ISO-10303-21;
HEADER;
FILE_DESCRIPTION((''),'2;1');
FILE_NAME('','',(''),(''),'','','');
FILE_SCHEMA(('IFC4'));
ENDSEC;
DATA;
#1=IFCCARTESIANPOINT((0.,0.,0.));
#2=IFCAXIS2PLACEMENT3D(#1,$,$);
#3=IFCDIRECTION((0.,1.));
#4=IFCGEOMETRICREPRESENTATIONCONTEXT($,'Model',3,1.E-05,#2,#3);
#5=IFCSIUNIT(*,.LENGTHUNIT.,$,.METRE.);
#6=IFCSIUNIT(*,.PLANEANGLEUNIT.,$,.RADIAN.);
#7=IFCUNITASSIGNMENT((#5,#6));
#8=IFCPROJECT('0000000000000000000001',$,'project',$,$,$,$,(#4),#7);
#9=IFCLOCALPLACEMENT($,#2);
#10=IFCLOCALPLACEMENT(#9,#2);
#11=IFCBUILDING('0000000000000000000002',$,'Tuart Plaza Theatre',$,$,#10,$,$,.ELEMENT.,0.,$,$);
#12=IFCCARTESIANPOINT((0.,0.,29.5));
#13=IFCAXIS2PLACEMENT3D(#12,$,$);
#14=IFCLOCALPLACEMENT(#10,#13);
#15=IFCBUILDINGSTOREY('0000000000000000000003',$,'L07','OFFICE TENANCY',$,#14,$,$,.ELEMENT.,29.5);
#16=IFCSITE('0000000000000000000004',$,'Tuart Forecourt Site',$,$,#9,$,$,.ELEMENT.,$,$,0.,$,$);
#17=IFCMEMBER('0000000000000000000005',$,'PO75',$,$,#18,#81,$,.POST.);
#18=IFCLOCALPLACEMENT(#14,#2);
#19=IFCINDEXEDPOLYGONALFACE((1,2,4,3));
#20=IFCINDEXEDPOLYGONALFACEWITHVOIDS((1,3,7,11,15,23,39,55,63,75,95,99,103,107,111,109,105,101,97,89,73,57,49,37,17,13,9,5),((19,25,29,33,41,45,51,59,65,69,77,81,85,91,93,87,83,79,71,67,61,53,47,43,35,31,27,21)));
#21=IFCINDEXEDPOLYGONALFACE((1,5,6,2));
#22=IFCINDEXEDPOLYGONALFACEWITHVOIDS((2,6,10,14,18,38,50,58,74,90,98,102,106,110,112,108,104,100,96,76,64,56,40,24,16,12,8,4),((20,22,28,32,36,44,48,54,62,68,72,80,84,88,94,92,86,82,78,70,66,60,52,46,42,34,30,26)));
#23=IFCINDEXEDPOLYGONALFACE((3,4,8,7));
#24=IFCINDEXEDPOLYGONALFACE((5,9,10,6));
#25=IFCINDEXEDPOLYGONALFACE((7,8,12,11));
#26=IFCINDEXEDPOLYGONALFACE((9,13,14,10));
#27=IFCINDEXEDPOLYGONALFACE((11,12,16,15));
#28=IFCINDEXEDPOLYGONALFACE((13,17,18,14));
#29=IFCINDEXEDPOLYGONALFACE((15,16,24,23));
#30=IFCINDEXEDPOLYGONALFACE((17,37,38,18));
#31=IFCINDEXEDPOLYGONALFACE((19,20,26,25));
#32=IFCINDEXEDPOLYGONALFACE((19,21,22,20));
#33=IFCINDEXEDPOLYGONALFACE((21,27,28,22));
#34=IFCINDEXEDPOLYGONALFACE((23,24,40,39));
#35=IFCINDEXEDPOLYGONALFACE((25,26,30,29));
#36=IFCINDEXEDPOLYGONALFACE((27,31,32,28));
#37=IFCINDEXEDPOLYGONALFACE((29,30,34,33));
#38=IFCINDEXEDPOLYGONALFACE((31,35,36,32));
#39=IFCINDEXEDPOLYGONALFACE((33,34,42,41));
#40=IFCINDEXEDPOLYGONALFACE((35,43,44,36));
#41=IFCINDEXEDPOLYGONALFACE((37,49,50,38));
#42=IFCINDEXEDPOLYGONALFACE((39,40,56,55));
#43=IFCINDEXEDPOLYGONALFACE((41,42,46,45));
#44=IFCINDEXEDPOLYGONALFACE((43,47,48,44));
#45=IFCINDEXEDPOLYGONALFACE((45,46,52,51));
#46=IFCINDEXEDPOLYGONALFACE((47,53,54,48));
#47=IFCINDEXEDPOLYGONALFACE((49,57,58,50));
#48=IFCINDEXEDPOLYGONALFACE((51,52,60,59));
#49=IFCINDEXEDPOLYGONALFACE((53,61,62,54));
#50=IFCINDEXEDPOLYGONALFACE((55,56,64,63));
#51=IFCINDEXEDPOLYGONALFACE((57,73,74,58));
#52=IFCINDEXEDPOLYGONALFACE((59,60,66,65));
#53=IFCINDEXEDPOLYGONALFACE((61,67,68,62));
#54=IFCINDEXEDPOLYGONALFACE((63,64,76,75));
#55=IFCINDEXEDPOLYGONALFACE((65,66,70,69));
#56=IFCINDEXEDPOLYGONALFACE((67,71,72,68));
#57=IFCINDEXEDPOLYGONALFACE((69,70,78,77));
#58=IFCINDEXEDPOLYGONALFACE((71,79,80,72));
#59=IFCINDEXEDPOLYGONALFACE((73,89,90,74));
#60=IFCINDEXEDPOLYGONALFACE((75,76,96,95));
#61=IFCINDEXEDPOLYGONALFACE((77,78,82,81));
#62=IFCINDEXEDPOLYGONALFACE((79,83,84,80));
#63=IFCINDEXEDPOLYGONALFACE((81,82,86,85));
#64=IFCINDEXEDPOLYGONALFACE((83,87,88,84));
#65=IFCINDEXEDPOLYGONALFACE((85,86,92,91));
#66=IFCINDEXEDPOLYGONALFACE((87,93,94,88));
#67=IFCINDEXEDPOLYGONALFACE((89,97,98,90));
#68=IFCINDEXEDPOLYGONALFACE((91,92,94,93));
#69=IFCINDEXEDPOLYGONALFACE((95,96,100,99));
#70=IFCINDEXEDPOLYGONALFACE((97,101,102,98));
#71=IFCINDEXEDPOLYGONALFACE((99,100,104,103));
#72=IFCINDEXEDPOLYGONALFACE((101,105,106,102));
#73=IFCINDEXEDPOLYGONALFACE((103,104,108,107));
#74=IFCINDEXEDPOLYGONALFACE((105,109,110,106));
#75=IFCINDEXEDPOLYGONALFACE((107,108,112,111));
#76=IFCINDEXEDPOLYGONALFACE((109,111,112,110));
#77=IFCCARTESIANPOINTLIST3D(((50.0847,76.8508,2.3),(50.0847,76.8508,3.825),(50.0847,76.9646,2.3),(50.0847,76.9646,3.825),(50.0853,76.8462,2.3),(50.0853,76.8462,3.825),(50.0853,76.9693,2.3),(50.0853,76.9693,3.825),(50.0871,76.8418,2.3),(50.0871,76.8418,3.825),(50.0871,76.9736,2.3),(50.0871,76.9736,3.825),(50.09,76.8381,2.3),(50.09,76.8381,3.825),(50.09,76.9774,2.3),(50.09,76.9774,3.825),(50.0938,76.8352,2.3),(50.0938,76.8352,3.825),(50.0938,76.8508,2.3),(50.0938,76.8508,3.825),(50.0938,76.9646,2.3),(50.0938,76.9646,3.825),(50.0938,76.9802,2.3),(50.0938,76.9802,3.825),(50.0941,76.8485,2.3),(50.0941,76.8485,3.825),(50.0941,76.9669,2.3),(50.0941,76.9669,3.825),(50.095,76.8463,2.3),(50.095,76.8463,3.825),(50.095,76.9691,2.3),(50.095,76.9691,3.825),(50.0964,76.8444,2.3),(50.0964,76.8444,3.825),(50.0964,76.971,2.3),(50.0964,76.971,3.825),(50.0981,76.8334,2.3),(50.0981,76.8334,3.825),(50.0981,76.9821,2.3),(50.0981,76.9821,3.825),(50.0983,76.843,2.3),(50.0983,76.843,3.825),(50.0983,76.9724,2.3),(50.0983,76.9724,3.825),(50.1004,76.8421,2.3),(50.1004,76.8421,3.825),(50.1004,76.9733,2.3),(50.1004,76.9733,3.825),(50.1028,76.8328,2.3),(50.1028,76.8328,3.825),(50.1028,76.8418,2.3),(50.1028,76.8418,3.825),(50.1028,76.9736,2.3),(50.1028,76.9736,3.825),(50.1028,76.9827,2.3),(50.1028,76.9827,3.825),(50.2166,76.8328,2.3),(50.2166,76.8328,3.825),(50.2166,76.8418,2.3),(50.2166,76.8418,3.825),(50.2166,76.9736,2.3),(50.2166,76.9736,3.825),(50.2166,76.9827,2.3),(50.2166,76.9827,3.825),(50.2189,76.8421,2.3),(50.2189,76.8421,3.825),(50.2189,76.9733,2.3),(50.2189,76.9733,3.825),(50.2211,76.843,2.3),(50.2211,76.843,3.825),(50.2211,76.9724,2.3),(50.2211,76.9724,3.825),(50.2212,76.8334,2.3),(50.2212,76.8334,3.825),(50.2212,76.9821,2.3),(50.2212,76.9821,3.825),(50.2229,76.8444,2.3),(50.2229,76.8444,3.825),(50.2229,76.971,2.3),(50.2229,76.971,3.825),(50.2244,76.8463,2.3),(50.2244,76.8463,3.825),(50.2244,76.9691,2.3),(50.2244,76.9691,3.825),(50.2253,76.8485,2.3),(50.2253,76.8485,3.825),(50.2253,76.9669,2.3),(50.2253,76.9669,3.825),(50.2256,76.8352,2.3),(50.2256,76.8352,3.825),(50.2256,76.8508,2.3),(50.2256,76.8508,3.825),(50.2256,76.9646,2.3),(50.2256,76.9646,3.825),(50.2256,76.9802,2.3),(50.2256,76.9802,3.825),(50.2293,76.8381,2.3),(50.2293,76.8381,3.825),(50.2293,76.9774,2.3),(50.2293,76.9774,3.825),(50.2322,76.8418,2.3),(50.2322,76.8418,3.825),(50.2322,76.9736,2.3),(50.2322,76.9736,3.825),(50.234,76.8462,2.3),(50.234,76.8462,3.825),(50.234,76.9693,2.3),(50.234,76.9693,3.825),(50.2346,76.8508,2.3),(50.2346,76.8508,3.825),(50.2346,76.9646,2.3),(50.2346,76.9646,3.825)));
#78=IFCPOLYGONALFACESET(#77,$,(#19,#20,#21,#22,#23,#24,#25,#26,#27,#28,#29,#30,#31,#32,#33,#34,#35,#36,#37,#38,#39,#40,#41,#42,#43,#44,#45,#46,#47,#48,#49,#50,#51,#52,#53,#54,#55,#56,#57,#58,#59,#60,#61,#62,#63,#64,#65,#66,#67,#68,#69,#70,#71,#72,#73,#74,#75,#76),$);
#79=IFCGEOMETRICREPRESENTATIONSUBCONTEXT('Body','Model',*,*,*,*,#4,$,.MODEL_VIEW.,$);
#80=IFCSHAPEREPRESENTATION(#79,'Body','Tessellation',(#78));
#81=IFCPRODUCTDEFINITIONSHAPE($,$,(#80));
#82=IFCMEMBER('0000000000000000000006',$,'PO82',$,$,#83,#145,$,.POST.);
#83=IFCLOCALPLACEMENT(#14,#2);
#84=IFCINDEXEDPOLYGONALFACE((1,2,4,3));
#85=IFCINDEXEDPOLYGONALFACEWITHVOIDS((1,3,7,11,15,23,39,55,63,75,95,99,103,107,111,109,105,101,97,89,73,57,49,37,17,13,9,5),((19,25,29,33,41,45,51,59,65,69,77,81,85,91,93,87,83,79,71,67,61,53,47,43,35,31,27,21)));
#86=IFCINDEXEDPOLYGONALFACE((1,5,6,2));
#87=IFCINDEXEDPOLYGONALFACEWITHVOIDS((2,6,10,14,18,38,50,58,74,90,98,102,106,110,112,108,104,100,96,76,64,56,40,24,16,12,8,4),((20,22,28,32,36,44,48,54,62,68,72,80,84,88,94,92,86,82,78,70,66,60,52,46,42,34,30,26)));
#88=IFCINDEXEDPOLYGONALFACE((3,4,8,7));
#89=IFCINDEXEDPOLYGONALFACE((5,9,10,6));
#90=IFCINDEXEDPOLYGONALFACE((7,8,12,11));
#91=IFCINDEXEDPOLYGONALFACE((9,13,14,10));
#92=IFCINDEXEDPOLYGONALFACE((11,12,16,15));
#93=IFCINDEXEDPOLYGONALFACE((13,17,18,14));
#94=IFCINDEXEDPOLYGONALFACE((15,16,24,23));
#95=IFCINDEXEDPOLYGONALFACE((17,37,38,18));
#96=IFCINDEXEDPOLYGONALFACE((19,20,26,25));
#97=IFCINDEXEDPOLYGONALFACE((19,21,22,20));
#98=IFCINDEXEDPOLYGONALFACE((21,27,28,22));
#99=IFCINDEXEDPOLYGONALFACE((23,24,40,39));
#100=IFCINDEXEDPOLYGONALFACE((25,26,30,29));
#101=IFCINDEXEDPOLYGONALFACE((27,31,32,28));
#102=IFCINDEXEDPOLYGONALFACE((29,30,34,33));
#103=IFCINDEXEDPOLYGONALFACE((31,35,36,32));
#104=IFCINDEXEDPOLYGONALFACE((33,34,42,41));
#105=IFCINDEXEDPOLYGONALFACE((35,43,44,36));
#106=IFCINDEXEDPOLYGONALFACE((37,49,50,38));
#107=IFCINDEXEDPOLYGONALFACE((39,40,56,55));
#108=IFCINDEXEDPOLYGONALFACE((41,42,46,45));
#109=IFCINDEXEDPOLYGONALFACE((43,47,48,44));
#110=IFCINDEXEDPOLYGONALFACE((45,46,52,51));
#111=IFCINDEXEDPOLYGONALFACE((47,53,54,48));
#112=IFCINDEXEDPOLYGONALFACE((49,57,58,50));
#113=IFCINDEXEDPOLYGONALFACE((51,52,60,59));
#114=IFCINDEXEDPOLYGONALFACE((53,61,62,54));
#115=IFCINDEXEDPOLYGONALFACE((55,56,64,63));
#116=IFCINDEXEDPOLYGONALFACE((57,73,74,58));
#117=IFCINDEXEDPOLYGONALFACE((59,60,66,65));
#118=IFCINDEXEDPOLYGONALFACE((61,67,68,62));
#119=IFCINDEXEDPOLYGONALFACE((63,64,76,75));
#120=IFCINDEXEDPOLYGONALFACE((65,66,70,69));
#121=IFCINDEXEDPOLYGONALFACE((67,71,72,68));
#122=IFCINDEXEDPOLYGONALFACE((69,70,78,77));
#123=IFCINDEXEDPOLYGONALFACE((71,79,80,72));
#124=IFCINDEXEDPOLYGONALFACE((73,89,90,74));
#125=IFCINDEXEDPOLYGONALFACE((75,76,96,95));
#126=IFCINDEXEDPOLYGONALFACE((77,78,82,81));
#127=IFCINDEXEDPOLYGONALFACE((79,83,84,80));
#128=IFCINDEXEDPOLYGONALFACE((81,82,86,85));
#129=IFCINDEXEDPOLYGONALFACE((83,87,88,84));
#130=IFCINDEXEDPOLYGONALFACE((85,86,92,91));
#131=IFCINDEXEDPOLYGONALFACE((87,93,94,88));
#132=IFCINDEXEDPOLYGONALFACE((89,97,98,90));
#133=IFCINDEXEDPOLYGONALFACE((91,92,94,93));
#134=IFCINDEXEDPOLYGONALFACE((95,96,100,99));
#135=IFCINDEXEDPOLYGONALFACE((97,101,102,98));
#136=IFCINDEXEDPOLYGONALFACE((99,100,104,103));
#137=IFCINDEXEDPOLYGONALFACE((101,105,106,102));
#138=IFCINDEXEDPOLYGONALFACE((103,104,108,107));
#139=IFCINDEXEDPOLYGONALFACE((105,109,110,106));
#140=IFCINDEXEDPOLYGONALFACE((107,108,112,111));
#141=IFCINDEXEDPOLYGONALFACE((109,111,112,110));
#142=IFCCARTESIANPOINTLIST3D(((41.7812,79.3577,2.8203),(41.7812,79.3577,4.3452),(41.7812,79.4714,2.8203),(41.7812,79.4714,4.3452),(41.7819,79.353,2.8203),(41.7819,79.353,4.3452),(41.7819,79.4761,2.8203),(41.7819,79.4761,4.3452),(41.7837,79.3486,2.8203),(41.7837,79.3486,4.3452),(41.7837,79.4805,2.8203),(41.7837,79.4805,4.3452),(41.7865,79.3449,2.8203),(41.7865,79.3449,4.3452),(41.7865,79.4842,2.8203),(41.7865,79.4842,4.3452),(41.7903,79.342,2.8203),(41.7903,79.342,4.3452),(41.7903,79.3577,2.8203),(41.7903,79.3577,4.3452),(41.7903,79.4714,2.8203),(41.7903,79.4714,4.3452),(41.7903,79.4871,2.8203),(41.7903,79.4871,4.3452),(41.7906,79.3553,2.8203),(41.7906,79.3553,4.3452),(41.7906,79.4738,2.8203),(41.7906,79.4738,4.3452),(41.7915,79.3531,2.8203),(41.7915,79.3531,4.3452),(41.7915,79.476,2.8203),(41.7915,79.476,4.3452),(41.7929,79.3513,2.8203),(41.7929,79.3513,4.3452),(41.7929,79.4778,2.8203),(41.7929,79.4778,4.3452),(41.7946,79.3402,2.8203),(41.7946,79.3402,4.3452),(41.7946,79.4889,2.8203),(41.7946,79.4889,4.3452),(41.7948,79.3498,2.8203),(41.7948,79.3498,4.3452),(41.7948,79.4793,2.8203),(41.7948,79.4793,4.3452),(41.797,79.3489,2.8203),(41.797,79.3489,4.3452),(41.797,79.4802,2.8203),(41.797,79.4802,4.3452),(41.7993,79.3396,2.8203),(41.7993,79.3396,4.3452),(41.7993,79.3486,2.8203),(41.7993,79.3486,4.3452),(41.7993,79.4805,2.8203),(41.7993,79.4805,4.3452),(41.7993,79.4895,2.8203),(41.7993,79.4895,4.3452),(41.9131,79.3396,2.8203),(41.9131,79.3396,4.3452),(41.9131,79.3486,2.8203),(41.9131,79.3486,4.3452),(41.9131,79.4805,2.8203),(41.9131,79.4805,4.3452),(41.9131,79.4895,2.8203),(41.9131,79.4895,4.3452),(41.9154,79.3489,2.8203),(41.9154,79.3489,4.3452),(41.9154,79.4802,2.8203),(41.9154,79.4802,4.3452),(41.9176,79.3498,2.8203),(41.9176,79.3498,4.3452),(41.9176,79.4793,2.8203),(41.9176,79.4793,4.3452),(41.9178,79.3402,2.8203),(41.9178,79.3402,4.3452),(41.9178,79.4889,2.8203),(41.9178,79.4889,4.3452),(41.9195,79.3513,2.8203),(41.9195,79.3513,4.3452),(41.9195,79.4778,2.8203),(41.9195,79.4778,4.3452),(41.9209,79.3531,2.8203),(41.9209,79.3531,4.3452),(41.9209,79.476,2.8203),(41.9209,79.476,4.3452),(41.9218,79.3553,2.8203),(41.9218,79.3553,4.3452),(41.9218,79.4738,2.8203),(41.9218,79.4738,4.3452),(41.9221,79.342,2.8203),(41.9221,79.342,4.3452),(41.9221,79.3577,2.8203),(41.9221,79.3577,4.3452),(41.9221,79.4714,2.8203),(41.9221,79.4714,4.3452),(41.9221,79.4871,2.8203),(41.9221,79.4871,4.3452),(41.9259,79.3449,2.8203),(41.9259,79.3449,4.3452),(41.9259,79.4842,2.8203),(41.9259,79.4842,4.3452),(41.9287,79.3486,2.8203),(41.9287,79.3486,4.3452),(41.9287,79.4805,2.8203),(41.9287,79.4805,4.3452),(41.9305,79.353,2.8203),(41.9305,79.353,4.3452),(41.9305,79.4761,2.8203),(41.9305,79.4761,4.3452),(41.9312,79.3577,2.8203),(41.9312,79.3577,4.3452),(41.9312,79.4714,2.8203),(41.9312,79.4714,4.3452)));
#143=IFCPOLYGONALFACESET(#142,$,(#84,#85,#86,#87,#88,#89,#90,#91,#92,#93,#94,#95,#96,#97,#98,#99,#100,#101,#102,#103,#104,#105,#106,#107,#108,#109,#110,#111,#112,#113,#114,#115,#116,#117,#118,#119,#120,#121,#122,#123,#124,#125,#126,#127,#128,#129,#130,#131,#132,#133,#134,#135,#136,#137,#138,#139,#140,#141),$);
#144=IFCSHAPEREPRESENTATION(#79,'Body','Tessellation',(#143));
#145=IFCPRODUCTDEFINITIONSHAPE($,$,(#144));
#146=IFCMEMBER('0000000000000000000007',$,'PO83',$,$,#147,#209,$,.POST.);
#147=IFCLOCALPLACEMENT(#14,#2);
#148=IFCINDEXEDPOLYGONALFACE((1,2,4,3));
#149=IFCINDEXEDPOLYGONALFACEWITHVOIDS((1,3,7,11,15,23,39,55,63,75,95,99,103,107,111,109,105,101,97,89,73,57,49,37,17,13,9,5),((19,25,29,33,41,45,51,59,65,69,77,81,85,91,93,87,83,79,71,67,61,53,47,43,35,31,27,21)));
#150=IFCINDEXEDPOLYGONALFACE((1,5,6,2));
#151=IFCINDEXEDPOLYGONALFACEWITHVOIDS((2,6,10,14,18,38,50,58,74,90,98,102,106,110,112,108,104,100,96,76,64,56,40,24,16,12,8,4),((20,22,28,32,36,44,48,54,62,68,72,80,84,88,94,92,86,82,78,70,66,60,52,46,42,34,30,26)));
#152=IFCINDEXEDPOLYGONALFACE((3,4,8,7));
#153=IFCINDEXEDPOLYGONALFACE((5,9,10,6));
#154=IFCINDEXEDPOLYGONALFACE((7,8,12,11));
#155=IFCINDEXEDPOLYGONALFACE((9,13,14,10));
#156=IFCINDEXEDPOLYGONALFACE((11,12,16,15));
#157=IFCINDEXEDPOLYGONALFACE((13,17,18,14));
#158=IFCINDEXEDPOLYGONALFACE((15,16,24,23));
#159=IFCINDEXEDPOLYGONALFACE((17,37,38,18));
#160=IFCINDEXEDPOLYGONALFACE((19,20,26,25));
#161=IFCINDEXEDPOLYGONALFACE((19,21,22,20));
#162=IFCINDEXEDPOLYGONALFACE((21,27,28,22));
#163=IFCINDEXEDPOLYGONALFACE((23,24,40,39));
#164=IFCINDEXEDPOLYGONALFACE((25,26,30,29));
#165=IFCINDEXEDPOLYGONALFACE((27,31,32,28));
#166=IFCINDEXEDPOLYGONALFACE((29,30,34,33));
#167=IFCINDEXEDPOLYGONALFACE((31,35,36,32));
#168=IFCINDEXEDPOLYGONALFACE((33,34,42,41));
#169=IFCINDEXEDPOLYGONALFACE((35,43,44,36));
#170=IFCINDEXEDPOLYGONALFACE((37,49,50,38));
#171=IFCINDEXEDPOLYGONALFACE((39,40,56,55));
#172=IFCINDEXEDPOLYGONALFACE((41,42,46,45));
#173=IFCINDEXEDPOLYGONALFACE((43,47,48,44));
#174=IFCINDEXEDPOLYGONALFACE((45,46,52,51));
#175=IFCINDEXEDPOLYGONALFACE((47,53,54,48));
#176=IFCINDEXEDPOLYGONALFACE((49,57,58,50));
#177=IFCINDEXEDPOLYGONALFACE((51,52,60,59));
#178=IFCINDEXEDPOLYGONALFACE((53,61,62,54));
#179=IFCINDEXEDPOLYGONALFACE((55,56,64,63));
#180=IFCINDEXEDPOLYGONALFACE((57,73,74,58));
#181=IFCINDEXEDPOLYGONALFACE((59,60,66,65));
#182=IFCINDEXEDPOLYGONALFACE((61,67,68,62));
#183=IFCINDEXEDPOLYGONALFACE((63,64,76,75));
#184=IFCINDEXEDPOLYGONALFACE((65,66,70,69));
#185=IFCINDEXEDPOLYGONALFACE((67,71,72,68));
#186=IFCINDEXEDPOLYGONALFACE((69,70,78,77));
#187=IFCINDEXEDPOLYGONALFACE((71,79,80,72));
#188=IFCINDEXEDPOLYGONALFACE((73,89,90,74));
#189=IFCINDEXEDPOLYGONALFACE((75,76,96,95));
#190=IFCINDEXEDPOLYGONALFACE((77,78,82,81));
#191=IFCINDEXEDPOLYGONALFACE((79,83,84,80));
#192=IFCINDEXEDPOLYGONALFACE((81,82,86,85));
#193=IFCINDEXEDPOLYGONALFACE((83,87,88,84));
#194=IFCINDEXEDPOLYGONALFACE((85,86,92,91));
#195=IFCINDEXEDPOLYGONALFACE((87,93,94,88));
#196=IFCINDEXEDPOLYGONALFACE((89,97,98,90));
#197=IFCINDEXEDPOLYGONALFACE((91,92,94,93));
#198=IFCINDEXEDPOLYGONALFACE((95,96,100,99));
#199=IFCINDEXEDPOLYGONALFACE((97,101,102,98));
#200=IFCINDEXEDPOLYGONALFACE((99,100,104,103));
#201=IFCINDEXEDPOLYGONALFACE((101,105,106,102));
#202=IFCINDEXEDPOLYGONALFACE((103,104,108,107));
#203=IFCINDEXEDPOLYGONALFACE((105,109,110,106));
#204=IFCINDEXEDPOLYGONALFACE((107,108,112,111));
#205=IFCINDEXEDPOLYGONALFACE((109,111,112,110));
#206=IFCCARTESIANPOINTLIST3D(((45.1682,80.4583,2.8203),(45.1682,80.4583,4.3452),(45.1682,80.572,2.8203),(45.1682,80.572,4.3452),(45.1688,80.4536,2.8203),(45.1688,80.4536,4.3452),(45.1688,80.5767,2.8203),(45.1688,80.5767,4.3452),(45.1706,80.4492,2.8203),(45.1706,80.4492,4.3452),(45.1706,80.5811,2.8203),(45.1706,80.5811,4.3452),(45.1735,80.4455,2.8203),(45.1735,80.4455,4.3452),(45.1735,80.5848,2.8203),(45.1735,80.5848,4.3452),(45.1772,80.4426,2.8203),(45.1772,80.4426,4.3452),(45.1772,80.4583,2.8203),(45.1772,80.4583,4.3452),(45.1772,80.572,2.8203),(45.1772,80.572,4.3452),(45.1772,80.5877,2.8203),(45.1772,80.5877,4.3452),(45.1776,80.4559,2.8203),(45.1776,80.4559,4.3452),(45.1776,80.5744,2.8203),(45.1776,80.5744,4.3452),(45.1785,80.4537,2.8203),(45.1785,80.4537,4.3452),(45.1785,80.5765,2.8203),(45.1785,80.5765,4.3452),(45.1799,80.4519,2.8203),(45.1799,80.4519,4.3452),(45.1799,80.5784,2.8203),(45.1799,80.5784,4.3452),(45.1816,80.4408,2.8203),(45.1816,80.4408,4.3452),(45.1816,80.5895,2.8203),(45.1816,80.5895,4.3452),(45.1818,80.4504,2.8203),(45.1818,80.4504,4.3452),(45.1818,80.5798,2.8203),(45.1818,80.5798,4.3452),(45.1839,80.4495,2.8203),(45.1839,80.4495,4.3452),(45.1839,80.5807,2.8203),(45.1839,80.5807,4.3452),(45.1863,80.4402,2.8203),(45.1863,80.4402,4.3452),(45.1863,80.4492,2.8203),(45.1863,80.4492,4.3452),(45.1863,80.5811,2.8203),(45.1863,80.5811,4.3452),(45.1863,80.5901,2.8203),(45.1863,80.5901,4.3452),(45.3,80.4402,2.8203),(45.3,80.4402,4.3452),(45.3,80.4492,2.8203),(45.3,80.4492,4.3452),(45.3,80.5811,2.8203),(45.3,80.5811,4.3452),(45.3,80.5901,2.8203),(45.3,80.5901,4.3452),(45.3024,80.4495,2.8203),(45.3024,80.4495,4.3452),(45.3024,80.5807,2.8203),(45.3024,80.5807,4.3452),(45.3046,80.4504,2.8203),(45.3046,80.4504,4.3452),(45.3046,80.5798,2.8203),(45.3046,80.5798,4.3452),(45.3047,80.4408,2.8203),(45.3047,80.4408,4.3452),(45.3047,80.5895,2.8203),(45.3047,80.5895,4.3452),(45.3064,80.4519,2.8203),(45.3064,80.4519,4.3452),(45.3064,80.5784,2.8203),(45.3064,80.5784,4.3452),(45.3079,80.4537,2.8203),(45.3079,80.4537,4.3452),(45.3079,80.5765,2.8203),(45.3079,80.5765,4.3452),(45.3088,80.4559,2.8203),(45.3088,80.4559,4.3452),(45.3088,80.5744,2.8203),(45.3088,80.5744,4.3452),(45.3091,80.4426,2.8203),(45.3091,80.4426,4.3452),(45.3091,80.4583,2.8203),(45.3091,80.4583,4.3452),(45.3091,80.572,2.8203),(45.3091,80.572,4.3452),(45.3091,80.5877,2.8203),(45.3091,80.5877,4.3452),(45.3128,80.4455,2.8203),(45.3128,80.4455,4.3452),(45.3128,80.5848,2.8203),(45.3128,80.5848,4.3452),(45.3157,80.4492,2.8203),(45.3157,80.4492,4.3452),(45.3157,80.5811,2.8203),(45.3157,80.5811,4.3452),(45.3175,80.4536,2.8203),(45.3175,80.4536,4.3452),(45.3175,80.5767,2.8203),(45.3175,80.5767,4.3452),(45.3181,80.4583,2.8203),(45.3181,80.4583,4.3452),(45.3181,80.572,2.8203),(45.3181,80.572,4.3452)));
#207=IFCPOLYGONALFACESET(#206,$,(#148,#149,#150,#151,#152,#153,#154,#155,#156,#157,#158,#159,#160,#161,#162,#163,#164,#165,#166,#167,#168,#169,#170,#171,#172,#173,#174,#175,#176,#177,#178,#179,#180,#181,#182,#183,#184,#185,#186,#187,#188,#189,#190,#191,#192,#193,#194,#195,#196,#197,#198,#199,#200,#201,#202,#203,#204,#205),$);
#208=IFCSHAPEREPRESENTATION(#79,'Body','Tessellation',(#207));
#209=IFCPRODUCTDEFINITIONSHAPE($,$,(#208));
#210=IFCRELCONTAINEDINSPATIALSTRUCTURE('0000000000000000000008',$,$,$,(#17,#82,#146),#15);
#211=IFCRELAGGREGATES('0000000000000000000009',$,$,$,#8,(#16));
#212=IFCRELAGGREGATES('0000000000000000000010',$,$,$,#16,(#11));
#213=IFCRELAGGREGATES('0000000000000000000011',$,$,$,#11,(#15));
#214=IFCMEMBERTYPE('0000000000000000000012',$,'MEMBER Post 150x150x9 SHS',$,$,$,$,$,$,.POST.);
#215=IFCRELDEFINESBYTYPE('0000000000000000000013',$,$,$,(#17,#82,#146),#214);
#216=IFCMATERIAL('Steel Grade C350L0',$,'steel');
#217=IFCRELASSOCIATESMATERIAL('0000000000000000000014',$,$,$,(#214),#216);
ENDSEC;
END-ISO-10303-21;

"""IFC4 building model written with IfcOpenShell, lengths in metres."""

from ifc_helpers import new_model, si_unit, direction, frame, origin, origin_2d, place, context, subcontext, project, spatial, hollow_rectangle, extrude, material, material_profile, profile_set, type_object, element, save


model = new_model("IFC4")

# Units and contexts
model_context = context("Model", 3, precision=1e-05, world=origin(), true_north=direction((0.0, 1.0)))
body_context = subcontext(model_context, "Body", "Model", "MODEL_VIEW")
ifc_project = project(units=[si_unit("LENGTHUNIT", "METRE"), si_unit("PLANEANGLEUNIT", "RADIAN")], contexts=[model_context])

# Site, building, storey
site_placement = place(None, origin())
site = spatial("IfcSite", under=ifc_project, at=site_placement, Name="Tuart Forecourt Site", CompositionType="ELEMENT", RefElevation=0.0)
building_placement = place(site_placement, origin())
building = spatial("IfcBuilding", under=site, at=building_placement, Name="Tuart Plaza Theatre", CompositionType="ELEMENT", ElevationOfRefHeight=0.0)
storey_placement = place(building_placement, frame((0.0, 0.0, 29.5)))
storey = spatial("IfcBuildingStorey", under=building, at=storey_placement, Name="L07", Description="OFFICE TENANCY", CompositionType="ELEMENT", Elevation=29.5)

# Members
ifc_material_1 = material(Name="Steel Grade C350L0", Category="steel")
ifc_material_profile_1 = material_profile(ifc_material_1, hollow_rectangle(XDim=0.1499, YDim=0.1499, WallThickness=0.009, InnerFilletRadius=0.009, OuterFilletRadius=0.0181, at=origin_2d()), Name="150x150x9 SHS")
ifc_profile_set_1 = profile_set([ifc_material_profile_1], Name="Steel Grade C350L0")
member_type_1 = type_object("IfcMemberType", Name="MEMBER Post 150x150x9 SHS", PredefinedType="POST", material=ifc_profile_set_1)
for number, where, z_axis, x_axis, name in (
    (1, (50.1597, 76.9077, 2.3), (0.0, 0.0, 1.0), (1.0, 0.0, 0.0), "PO75"),
    (2, (41.8562, 79.4146, 2.8203), (0.0, 0.0, 1.0), (1.0, 0.0, 0.0), "PO82"),
    (3, (45.2432, 80.5151, 2.8203), (0.0, 0.0, 1.0), (1.0, 0.0, 0.0), "PO83"),
):
    element("IfcMember", number, at=place(storey_placement, frame(where, z_axis=z_axis, x_axis=x_axis)), inside=storey, type_object=member_type_1, Name=name, PredefinedType="POST", context=body_context, shape_type="SweptSolid", body=[
        extrude(hollow_rectangle(XDim=0.1499, YDim=0.1499, WallThickness=0.009, InnerFilletRadius=0.009, OuterFilletRadius=0.0181, at=origin_2d()), origin(), (0.0, 0.0, 1.0), 1.5249),
    ])

save(model, "model.ifc")
